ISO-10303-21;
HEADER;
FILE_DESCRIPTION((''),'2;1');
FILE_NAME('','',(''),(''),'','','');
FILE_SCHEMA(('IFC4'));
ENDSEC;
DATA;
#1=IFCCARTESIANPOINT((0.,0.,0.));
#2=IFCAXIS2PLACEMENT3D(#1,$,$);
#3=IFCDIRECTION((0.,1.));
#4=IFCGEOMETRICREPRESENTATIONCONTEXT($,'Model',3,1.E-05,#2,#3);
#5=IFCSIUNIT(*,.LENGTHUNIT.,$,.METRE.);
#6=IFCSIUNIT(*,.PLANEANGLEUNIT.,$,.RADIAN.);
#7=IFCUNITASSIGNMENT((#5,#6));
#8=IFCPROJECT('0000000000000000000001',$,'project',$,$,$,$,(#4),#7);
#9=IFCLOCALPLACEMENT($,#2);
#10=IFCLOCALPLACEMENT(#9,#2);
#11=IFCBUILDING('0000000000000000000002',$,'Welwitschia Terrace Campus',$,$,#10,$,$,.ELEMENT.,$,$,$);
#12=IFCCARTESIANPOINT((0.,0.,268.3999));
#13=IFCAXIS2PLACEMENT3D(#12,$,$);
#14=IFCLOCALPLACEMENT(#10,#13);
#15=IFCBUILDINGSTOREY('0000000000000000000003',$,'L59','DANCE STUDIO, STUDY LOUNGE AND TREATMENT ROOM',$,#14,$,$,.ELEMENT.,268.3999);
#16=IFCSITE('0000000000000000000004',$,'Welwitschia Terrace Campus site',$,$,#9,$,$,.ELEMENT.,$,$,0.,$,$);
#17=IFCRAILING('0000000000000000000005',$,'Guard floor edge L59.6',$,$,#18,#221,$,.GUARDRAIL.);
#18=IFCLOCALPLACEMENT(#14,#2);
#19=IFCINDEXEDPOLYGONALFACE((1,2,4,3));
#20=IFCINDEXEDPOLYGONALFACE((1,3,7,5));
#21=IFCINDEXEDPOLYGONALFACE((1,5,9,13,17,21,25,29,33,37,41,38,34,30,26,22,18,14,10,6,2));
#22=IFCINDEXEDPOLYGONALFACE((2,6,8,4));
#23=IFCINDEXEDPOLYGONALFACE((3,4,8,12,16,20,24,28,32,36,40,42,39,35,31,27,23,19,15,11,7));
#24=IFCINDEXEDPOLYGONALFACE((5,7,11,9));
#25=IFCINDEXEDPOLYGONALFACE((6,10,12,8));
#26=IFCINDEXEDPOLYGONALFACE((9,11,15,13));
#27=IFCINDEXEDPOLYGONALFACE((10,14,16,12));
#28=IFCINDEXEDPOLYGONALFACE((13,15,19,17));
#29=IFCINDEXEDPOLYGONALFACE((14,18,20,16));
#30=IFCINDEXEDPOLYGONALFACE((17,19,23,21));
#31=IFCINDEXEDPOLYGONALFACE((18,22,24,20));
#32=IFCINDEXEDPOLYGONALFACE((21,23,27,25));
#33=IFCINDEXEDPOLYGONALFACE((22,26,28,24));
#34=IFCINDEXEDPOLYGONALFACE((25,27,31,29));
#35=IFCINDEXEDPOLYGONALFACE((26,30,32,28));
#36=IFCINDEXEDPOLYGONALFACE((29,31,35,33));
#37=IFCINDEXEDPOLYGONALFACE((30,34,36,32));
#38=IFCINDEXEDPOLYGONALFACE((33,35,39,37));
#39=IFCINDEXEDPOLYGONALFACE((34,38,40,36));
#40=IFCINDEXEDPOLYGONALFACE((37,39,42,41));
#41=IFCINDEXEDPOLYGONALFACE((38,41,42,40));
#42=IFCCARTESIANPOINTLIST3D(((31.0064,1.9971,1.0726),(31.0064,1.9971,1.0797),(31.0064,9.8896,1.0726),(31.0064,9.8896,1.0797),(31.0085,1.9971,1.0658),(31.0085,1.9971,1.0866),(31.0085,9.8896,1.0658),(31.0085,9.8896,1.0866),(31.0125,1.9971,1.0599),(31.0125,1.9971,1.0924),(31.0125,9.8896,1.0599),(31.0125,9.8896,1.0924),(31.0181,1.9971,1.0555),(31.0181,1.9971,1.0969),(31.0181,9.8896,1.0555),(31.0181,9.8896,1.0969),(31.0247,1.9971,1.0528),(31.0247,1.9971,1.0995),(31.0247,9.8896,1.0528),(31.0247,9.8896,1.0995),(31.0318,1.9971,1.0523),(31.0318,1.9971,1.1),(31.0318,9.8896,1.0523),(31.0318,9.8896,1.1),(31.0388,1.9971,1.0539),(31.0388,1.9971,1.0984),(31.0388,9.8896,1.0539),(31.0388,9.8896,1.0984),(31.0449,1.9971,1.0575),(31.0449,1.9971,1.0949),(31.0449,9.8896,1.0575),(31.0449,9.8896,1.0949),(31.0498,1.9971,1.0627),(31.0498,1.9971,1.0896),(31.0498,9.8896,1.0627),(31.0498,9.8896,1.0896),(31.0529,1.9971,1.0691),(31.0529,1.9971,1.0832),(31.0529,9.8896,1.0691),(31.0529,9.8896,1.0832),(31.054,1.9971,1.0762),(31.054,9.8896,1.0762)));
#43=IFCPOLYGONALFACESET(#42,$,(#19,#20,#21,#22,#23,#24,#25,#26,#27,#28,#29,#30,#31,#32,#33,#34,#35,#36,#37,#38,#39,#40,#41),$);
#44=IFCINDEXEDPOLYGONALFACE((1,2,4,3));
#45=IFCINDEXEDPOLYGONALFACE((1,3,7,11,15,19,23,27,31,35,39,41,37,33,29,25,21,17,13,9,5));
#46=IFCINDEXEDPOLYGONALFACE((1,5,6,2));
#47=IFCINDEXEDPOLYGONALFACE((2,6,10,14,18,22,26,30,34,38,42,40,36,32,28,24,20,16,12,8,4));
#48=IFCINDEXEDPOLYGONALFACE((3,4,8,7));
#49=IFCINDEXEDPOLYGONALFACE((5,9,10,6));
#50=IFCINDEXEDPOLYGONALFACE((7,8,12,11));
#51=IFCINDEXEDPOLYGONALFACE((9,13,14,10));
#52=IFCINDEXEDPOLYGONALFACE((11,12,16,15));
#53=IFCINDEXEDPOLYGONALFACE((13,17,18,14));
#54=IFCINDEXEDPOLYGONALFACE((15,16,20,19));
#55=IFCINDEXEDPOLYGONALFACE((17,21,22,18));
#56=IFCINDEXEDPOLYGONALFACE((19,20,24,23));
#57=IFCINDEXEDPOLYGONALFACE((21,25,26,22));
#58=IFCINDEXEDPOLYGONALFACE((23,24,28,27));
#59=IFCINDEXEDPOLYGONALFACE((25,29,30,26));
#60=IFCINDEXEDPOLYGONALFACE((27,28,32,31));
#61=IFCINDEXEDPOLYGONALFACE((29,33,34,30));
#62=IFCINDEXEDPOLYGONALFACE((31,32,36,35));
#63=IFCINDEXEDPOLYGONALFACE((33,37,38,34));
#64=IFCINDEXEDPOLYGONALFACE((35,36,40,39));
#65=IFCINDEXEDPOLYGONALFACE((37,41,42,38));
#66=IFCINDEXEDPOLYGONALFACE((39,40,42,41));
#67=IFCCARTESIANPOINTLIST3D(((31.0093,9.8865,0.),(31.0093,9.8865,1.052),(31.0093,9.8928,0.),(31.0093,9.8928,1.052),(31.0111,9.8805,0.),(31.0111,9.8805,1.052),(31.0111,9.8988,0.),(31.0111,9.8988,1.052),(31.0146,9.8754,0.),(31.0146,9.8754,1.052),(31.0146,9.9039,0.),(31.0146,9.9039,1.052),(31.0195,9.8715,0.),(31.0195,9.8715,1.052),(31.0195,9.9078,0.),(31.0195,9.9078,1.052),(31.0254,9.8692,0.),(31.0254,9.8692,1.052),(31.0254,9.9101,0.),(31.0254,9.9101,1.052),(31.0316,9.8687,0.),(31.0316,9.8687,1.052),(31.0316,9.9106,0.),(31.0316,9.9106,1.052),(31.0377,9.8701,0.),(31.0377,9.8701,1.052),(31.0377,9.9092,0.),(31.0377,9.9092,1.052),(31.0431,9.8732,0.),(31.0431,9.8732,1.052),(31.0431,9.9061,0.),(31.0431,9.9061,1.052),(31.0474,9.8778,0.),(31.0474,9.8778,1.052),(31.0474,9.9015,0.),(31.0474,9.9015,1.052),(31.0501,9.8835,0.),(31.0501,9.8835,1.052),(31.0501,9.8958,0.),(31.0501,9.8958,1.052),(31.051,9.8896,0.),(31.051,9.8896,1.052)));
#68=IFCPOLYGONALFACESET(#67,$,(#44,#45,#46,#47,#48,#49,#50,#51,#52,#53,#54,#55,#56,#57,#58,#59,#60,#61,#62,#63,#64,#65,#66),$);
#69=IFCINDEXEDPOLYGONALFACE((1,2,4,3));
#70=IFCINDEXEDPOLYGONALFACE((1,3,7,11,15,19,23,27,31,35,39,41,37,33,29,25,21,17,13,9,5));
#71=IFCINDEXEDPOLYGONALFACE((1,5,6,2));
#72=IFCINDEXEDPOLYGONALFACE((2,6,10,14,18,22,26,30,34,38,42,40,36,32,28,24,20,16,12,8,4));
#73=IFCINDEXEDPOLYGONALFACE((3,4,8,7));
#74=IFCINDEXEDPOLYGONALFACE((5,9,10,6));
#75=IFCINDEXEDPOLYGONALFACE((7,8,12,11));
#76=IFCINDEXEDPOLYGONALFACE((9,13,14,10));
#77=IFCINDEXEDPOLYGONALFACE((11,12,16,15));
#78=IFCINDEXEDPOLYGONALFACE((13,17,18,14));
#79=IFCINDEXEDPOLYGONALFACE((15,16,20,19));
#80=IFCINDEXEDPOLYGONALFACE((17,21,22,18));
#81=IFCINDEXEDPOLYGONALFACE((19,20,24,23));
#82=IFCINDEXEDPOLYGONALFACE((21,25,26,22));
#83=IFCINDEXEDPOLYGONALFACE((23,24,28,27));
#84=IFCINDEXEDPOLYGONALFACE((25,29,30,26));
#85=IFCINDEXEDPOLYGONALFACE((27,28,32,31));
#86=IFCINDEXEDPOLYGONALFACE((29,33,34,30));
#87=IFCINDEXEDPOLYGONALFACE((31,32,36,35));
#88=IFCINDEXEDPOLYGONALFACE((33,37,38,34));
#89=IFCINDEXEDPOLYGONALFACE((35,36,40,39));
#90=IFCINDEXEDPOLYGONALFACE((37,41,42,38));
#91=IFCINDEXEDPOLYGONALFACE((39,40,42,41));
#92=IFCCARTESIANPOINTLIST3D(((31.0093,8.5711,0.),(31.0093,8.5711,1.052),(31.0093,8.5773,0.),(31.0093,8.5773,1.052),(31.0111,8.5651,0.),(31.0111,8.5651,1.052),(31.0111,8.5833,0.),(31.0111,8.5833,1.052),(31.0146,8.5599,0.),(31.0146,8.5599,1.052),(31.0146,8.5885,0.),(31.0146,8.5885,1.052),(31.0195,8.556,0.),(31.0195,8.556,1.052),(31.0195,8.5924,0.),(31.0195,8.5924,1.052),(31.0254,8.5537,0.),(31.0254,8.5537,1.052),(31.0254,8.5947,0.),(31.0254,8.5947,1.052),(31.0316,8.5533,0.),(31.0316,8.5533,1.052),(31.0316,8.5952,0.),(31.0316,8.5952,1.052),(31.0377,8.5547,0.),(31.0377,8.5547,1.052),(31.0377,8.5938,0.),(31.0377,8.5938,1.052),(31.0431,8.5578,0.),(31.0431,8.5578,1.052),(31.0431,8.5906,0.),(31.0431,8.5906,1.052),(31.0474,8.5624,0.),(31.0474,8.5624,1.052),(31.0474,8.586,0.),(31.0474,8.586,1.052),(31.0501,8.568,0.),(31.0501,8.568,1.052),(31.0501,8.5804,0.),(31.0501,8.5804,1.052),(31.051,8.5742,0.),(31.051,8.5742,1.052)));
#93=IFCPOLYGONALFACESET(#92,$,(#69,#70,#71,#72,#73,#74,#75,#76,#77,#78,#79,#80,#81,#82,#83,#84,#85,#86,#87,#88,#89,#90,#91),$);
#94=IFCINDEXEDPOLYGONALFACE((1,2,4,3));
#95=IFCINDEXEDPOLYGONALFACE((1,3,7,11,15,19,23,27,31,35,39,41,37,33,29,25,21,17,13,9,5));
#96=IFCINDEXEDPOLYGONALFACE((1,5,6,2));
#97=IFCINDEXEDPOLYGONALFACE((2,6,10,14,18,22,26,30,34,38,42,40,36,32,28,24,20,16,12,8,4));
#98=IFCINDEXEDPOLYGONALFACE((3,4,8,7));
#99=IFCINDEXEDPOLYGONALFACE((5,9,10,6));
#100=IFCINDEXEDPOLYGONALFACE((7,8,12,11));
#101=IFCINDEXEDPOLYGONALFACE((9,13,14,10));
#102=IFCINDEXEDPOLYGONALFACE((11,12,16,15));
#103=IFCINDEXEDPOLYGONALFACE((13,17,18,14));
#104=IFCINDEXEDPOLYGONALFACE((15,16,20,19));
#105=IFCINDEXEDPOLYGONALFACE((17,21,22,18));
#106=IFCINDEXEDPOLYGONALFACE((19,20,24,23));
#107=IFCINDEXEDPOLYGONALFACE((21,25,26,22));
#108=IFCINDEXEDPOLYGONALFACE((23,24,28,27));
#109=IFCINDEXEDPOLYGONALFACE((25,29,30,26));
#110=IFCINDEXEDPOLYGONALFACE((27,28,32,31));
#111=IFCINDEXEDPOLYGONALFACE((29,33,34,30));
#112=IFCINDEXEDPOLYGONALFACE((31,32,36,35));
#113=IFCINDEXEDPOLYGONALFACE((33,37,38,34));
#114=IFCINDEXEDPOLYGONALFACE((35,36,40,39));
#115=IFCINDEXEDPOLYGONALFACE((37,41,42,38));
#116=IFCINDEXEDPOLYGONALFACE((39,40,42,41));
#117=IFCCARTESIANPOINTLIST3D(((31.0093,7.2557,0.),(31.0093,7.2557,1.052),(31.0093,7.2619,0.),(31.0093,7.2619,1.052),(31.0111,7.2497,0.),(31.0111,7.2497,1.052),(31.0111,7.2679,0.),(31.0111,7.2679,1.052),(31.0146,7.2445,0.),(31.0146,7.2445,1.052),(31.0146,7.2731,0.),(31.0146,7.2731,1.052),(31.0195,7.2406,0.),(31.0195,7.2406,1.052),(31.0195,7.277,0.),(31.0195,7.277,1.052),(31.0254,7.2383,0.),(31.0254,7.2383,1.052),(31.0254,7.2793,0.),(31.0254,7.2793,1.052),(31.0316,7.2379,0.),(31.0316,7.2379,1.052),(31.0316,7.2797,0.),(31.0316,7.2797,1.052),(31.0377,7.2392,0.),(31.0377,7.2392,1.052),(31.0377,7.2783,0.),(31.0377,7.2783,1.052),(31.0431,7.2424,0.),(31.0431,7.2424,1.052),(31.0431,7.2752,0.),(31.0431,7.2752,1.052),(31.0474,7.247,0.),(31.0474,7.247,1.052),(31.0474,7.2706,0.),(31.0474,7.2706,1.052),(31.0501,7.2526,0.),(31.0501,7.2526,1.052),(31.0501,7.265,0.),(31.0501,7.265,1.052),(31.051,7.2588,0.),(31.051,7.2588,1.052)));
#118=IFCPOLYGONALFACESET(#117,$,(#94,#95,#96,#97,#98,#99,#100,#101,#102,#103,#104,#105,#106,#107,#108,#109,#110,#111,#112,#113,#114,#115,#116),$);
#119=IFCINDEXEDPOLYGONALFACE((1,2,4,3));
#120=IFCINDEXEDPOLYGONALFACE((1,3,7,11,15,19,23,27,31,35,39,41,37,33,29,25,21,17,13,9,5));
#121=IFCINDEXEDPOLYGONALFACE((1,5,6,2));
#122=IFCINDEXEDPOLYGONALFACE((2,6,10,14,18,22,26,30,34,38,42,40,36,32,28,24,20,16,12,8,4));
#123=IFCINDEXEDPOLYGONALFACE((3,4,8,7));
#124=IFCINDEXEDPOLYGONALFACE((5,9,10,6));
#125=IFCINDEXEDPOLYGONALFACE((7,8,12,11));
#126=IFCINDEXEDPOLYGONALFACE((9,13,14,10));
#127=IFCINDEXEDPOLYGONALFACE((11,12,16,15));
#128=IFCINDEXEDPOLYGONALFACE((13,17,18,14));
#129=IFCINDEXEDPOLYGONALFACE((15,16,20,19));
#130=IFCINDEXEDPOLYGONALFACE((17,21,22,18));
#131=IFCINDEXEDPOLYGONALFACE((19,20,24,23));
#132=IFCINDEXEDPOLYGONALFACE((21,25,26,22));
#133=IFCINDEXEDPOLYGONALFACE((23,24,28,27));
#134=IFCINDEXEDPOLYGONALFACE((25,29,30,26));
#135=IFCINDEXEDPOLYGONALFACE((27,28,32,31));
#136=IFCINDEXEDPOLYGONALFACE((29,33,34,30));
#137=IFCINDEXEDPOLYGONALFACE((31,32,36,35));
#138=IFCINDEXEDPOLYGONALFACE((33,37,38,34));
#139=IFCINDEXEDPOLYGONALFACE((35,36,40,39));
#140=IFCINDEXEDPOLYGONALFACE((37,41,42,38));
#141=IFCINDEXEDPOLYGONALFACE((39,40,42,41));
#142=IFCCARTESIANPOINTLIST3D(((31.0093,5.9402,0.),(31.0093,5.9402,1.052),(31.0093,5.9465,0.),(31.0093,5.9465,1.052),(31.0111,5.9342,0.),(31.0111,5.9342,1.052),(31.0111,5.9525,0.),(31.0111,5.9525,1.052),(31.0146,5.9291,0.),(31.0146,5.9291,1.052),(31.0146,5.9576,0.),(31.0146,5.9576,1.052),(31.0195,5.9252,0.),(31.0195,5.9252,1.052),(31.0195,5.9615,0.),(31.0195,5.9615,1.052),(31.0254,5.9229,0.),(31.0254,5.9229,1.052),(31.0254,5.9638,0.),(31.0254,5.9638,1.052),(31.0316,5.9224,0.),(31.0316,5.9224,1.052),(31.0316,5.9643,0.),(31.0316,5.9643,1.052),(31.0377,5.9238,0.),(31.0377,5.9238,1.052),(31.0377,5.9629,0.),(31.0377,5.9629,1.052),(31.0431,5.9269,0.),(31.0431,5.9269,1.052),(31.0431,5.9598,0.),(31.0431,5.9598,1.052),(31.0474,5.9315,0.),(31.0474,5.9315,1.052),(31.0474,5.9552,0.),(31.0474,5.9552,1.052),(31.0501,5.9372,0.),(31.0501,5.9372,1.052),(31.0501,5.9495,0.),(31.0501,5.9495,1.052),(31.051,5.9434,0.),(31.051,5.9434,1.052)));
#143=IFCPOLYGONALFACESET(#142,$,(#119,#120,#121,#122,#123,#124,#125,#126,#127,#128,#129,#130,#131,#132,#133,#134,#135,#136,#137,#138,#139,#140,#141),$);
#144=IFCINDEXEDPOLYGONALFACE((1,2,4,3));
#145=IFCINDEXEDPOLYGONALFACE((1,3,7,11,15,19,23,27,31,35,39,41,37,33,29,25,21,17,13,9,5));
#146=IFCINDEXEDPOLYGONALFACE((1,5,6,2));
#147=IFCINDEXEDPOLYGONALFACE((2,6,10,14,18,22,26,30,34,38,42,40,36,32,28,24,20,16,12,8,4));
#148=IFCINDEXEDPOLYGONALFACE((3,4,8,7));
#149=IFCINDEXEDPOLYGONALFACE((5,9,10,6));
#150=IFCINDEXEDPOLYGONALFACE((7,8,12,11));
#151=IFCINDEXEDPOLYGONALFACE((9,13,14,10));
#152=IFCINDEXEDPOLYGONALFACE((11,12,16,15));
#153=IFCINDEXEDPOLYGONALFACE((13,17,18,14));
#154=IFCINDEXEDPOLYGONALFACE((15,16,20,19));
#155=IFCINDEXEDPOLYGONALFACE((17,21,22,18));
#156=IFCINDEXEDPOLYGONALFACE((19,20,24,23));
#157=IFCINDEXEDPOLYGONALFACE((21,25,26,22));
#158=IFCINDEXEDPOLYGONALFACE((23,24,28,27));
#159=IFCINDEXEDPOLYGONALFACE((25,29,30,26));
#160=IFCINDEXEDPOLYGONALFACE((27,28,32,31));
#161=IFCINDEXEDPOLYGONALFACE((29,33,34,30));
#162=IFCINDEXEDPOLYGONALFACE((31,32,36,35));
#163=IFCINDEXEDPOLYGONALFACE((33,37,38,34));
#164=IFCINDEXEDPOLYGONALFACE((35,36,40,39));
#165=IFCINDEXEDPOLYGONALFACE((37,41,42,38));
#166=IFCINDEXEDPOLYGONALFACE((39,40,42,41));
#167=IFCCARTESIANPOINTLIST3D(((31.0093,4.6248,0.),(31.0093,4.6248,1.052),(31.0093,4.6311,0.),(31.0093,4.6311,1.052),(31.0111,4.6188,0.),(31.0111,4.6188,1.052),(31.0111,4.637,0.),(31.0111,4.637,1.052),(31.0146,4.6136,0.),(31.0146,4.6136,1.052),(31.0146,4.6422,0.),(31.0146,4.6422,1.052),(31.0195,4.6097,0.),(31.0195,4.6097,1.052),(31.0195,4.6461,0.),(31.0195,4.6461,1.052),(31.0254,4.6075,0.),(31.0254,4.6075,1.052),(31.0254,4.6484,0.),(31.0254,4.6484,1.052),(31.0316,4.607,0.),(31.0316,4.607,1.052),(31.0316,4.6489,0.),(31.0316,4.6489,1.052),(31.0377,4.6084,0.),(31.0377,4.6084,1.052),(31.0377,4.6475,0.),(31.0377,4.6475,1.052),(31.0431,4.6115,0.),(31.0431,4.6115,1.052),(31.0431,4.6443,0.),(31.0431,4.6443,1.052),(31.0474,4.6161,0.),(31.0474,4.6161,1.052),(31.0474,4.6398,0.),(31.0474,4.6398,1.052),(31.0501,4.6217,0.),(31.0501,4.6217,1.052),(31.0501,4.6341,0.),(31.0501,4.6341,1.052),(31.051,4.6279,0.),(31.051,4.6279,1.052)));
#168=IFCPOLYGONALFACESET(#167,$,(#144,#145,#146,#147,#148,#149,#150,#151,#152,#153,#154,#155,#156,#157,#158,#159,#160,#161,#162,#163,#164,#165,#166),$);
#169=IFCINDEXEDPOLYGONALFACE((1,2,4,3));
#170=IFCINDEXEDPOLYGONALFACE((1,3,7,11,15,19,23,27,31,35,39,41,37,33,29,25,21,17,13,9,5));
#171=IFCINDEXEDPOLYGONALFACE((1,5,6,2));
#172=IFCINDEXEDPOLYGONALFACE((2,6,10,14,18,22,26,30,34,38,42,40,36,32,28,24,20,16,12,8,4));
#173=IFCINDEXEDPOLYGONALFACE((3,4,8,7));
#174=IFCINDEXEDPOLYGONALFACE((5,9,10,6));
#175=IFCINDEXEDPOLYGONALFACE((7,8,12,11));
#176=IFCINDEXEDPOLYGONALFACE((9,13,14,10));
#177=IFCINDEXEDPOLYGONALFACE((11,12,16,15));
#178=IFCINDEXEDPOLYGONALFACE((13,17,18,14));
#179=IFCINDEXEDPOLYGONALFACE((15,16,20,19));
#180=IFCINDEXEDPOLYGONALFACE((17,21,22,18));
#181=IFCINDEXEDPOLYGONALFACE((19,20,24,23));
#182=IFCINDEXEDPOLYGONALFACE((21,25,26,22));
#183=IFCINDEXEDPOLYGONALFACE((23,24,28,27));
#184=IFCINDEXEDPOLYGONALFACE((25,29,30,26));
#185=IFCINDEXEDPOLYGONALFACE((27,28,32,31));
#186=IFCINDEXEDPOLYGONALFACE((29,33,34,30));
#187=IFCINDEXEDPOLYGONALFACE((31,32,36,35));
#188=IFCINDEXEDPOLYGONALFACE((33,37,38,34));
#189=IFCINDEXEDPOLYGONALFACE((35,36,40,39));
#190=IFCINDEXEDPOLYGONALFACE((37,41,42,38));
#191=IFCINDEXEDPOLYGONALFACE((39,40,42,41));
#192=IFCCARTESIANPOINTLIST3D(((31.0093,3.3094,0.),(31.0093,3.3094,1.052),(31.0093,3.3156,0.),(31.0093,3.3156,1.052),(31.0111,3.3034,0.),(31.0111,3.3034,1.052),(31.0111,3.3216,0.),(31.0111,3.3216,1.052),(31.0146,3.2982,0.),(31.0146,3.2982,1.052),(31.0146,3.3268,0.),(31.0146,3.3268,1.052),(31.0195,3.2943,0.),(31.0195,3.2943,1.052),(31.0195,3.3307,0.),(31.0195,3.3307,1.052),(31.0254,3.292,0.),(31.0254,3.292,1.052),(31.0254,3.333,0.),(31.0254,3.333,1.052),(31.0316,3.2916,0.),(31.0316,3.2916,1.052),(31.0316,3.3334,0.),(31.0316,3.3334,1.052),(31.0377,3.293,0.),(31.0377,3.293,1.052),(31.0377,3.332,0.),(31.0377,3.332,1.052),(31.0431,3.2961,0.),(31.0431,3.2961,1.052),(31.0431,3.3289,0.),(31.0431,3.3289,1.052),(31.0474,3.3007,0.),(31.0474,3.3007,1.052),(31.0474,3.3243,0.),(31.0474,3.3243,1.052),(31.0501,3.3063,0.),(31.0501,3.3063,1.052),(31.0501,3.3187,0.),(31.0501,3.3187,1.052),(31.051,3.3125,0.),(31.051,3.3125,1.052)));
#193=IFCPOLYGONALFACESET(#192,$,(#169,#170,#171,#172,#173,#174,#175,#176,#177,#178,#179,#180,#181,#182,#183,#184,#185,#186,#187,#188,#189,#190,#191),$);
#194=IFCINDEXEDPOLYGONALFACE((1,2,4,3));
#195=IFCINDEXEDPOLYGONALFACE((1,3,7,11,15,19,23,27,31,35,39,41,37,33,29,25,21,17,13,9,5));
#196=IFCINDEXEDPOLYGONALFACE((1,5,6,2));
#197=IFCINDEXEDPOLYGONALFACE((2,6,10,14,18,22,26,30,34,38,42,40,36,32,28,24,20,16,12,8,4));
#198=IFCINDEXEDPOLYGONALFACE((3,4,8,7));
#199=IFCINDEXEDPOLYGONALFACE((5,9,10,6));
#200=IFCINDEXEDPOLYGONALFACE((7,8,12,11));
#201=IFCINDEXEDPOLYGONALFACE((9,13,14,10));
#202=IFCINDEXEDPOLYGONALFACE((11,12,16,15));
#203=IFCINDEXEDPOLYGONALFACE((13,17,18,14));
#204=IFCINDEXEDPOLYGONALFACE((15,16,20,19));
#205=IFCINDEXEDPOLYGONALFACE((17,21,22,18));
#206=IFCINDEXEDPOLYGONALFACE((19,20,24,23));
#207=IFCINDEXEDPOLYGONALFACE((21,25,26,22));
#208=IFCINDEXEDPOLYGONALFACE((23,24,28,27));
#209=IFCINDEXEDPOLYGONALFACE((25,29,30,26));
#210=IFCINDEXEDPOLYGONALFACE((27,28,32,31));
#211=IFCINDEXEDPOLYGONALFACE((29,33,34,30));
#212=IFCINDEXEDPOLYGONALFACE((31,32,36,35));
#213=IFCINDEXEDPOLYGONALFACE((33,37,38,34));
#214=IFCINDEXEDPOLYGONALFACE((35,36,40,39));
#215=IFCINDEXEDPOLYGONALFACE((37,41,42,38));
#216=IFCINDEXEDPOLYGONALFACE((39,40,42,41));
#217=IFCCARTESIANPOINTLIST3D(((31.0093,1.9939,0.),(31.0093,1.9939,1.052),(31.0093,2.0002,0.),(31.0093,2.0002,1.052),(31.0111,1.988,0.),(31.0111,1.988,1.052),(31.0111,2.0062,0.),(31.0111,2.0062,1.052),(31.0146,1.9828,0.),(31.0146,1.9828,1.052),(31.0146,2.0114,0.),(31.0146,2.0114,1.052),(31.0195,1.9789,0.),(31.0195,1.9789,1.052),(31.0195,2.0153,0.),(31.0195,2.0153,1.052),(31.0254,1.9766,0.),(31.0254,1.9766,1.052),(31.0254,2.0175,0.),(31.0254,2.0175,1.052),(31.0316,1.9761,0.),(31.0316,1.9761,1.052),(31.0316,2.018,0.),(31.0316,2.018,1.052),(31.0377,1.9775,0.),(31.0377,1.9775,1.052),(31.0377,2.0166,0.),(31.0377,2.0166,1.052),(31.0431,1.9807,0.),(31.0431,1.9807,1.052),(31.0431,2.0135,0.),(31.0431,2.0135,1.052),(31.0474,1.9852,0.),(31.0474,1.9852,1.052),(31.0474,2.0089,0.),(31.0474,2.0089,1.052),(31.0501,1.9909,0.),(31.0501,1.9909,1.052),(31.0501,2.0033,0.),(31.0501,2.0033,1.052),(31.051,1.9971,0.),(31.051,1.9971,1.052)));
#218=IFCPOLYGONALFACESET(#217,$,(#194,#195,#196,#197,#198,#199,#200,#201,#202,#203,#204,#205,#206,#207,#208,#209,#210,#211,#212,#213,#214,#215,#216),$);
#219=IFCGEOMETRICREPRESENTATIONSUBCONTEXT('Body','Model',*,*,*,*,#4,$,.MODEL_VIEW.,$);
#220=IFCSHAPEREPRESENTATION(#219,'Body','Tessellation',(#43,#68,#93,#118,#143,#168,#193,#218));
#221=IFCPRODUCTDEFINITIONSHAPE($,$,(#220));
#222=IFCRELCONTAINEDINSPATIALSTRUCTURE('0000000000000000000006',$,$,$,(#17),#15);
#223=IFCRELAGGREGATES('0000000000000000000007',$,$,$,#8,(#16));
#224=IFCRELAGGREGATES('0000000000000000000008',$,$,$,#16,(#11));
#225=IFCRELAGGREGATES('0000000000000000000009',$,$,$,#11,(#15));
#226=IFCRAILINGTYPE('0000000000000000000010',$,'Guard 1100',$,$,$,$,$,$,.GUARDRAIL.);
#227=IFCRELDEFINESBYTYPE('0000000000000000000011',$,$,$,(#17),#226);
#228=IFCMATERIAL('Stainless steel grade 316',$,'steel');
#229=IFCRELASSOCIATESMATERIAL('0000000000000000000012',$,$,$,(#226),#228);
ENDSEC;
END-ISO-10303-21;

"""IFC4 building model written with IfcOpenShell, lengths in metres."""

from ifc_helpers import new_model, si_unit, direction, frame, origin, origin_2d, place, context, subcontext, project, spatial, circle, extrude, material, type_object, element, save


model = new_model("IFC4")

# Units and contexts
model_context = context("Model", 3, precision=1e-05, world=origin(), true_north=direction((0.0, 1.0)))
body_context = subcontext(model_context, "Body", "Model", "MODEL_VIEW")
ifc_project = project(units=[si_unit("LENGTHUNIT", "METRE"), si_unit("PLANEANGLEUNIT", "RADIAN")], contexts=[model_context])

# Site, building, storey
site_placement = place(None, origin())
site = spatial("IfcSite", under=ifc_project, at=site_placement, Name="Welwitschia Terrace Campus site", CompositionType="ELEMENT", RefElevation=0.0)
building_placement = place(site_placement, origin())
building = spatial("IfcBuilding", under=site, at=building_placement, Name="Welwitschia Terrace Campus", CompositionType="ELEMENT")
storey_placement = place(building_placement, frame((0.0, 0.0, 268.3999)))
storey = spatial("IfcBuildingStorey", under=building, at=storey_placement, Name="L59", Description="DANCE STUDIO, STUDY LOUNGE AND TREATMENT ROOM", CompositionType="ELEMENT", Elevation=268.3999)

# Railing
ifc_material_1 = material(Name="Stainless steel grade 316", Category="steel")
railing_type = type_object("IfcRailingType", Name="Guard 1100", PredefinedType="GUARDRAIL", material=ifc_material_1)
railing_1_placement = place(storey_placement, frame((31.03, 9.8896, 0.0)))
element("IfcRailing", 1, at=railing_1_placement, inside=storey, type_object=railing_type, Name="Guard floor edge L59.6", PredefinedType="GUARDRAIL", context=body_context, shape_type="SweptSolid", body=[
    extrude(circle(Radius=0.0239, at=origin_2d()), frame((0.0, 0.0, 1.0762), z_axis=(0.0, -1.0, 0.0), x_axis=(1.0, 0.0, 0.0)), (0.0, 0.0, 1.0), 7.8926),
    extrude(circle(Radius=0.021, at=origin_2d()), origin(), (0.0, 0.0, 1.0), 1.052),
    extrude(circle(Radius=0.021, at=origin_2d()), frame((0.0, -1.3154, 0.0)), (0.0, 0.0, 1.0), 1.052),
    extrude(circle(Radius=0.021, at=origin_2d()), frame((0.0, -2.6309, 0.0)), (0.0, 0.0, 1.0), 1.052),
    extrude(circle(Radius=0.021, at=origin_2d()), frame((0.0, -3.9463, 0.0)), (0.0, 0.0, 1.0), 1.052),
    extrude(circle(Radius=0.021, at=origin_2d()), frame((0.0, -5.2617, 0.0)), (0.0, 0.0, 1.0), 1.052),
    extrude(circle(Radius=0.021, at=origin_2d()), frame((0.0, -6.5771, 0.0)), (0.0, 0.0, 1.0), 1.052),
    extrude(circle(Radius=0.021, at=origin_2d()), frame((0.0, -7.8926, 0.0)), (0.0, 0.0, 1.0), 1.052),
])

save(model, "model.ifc")
